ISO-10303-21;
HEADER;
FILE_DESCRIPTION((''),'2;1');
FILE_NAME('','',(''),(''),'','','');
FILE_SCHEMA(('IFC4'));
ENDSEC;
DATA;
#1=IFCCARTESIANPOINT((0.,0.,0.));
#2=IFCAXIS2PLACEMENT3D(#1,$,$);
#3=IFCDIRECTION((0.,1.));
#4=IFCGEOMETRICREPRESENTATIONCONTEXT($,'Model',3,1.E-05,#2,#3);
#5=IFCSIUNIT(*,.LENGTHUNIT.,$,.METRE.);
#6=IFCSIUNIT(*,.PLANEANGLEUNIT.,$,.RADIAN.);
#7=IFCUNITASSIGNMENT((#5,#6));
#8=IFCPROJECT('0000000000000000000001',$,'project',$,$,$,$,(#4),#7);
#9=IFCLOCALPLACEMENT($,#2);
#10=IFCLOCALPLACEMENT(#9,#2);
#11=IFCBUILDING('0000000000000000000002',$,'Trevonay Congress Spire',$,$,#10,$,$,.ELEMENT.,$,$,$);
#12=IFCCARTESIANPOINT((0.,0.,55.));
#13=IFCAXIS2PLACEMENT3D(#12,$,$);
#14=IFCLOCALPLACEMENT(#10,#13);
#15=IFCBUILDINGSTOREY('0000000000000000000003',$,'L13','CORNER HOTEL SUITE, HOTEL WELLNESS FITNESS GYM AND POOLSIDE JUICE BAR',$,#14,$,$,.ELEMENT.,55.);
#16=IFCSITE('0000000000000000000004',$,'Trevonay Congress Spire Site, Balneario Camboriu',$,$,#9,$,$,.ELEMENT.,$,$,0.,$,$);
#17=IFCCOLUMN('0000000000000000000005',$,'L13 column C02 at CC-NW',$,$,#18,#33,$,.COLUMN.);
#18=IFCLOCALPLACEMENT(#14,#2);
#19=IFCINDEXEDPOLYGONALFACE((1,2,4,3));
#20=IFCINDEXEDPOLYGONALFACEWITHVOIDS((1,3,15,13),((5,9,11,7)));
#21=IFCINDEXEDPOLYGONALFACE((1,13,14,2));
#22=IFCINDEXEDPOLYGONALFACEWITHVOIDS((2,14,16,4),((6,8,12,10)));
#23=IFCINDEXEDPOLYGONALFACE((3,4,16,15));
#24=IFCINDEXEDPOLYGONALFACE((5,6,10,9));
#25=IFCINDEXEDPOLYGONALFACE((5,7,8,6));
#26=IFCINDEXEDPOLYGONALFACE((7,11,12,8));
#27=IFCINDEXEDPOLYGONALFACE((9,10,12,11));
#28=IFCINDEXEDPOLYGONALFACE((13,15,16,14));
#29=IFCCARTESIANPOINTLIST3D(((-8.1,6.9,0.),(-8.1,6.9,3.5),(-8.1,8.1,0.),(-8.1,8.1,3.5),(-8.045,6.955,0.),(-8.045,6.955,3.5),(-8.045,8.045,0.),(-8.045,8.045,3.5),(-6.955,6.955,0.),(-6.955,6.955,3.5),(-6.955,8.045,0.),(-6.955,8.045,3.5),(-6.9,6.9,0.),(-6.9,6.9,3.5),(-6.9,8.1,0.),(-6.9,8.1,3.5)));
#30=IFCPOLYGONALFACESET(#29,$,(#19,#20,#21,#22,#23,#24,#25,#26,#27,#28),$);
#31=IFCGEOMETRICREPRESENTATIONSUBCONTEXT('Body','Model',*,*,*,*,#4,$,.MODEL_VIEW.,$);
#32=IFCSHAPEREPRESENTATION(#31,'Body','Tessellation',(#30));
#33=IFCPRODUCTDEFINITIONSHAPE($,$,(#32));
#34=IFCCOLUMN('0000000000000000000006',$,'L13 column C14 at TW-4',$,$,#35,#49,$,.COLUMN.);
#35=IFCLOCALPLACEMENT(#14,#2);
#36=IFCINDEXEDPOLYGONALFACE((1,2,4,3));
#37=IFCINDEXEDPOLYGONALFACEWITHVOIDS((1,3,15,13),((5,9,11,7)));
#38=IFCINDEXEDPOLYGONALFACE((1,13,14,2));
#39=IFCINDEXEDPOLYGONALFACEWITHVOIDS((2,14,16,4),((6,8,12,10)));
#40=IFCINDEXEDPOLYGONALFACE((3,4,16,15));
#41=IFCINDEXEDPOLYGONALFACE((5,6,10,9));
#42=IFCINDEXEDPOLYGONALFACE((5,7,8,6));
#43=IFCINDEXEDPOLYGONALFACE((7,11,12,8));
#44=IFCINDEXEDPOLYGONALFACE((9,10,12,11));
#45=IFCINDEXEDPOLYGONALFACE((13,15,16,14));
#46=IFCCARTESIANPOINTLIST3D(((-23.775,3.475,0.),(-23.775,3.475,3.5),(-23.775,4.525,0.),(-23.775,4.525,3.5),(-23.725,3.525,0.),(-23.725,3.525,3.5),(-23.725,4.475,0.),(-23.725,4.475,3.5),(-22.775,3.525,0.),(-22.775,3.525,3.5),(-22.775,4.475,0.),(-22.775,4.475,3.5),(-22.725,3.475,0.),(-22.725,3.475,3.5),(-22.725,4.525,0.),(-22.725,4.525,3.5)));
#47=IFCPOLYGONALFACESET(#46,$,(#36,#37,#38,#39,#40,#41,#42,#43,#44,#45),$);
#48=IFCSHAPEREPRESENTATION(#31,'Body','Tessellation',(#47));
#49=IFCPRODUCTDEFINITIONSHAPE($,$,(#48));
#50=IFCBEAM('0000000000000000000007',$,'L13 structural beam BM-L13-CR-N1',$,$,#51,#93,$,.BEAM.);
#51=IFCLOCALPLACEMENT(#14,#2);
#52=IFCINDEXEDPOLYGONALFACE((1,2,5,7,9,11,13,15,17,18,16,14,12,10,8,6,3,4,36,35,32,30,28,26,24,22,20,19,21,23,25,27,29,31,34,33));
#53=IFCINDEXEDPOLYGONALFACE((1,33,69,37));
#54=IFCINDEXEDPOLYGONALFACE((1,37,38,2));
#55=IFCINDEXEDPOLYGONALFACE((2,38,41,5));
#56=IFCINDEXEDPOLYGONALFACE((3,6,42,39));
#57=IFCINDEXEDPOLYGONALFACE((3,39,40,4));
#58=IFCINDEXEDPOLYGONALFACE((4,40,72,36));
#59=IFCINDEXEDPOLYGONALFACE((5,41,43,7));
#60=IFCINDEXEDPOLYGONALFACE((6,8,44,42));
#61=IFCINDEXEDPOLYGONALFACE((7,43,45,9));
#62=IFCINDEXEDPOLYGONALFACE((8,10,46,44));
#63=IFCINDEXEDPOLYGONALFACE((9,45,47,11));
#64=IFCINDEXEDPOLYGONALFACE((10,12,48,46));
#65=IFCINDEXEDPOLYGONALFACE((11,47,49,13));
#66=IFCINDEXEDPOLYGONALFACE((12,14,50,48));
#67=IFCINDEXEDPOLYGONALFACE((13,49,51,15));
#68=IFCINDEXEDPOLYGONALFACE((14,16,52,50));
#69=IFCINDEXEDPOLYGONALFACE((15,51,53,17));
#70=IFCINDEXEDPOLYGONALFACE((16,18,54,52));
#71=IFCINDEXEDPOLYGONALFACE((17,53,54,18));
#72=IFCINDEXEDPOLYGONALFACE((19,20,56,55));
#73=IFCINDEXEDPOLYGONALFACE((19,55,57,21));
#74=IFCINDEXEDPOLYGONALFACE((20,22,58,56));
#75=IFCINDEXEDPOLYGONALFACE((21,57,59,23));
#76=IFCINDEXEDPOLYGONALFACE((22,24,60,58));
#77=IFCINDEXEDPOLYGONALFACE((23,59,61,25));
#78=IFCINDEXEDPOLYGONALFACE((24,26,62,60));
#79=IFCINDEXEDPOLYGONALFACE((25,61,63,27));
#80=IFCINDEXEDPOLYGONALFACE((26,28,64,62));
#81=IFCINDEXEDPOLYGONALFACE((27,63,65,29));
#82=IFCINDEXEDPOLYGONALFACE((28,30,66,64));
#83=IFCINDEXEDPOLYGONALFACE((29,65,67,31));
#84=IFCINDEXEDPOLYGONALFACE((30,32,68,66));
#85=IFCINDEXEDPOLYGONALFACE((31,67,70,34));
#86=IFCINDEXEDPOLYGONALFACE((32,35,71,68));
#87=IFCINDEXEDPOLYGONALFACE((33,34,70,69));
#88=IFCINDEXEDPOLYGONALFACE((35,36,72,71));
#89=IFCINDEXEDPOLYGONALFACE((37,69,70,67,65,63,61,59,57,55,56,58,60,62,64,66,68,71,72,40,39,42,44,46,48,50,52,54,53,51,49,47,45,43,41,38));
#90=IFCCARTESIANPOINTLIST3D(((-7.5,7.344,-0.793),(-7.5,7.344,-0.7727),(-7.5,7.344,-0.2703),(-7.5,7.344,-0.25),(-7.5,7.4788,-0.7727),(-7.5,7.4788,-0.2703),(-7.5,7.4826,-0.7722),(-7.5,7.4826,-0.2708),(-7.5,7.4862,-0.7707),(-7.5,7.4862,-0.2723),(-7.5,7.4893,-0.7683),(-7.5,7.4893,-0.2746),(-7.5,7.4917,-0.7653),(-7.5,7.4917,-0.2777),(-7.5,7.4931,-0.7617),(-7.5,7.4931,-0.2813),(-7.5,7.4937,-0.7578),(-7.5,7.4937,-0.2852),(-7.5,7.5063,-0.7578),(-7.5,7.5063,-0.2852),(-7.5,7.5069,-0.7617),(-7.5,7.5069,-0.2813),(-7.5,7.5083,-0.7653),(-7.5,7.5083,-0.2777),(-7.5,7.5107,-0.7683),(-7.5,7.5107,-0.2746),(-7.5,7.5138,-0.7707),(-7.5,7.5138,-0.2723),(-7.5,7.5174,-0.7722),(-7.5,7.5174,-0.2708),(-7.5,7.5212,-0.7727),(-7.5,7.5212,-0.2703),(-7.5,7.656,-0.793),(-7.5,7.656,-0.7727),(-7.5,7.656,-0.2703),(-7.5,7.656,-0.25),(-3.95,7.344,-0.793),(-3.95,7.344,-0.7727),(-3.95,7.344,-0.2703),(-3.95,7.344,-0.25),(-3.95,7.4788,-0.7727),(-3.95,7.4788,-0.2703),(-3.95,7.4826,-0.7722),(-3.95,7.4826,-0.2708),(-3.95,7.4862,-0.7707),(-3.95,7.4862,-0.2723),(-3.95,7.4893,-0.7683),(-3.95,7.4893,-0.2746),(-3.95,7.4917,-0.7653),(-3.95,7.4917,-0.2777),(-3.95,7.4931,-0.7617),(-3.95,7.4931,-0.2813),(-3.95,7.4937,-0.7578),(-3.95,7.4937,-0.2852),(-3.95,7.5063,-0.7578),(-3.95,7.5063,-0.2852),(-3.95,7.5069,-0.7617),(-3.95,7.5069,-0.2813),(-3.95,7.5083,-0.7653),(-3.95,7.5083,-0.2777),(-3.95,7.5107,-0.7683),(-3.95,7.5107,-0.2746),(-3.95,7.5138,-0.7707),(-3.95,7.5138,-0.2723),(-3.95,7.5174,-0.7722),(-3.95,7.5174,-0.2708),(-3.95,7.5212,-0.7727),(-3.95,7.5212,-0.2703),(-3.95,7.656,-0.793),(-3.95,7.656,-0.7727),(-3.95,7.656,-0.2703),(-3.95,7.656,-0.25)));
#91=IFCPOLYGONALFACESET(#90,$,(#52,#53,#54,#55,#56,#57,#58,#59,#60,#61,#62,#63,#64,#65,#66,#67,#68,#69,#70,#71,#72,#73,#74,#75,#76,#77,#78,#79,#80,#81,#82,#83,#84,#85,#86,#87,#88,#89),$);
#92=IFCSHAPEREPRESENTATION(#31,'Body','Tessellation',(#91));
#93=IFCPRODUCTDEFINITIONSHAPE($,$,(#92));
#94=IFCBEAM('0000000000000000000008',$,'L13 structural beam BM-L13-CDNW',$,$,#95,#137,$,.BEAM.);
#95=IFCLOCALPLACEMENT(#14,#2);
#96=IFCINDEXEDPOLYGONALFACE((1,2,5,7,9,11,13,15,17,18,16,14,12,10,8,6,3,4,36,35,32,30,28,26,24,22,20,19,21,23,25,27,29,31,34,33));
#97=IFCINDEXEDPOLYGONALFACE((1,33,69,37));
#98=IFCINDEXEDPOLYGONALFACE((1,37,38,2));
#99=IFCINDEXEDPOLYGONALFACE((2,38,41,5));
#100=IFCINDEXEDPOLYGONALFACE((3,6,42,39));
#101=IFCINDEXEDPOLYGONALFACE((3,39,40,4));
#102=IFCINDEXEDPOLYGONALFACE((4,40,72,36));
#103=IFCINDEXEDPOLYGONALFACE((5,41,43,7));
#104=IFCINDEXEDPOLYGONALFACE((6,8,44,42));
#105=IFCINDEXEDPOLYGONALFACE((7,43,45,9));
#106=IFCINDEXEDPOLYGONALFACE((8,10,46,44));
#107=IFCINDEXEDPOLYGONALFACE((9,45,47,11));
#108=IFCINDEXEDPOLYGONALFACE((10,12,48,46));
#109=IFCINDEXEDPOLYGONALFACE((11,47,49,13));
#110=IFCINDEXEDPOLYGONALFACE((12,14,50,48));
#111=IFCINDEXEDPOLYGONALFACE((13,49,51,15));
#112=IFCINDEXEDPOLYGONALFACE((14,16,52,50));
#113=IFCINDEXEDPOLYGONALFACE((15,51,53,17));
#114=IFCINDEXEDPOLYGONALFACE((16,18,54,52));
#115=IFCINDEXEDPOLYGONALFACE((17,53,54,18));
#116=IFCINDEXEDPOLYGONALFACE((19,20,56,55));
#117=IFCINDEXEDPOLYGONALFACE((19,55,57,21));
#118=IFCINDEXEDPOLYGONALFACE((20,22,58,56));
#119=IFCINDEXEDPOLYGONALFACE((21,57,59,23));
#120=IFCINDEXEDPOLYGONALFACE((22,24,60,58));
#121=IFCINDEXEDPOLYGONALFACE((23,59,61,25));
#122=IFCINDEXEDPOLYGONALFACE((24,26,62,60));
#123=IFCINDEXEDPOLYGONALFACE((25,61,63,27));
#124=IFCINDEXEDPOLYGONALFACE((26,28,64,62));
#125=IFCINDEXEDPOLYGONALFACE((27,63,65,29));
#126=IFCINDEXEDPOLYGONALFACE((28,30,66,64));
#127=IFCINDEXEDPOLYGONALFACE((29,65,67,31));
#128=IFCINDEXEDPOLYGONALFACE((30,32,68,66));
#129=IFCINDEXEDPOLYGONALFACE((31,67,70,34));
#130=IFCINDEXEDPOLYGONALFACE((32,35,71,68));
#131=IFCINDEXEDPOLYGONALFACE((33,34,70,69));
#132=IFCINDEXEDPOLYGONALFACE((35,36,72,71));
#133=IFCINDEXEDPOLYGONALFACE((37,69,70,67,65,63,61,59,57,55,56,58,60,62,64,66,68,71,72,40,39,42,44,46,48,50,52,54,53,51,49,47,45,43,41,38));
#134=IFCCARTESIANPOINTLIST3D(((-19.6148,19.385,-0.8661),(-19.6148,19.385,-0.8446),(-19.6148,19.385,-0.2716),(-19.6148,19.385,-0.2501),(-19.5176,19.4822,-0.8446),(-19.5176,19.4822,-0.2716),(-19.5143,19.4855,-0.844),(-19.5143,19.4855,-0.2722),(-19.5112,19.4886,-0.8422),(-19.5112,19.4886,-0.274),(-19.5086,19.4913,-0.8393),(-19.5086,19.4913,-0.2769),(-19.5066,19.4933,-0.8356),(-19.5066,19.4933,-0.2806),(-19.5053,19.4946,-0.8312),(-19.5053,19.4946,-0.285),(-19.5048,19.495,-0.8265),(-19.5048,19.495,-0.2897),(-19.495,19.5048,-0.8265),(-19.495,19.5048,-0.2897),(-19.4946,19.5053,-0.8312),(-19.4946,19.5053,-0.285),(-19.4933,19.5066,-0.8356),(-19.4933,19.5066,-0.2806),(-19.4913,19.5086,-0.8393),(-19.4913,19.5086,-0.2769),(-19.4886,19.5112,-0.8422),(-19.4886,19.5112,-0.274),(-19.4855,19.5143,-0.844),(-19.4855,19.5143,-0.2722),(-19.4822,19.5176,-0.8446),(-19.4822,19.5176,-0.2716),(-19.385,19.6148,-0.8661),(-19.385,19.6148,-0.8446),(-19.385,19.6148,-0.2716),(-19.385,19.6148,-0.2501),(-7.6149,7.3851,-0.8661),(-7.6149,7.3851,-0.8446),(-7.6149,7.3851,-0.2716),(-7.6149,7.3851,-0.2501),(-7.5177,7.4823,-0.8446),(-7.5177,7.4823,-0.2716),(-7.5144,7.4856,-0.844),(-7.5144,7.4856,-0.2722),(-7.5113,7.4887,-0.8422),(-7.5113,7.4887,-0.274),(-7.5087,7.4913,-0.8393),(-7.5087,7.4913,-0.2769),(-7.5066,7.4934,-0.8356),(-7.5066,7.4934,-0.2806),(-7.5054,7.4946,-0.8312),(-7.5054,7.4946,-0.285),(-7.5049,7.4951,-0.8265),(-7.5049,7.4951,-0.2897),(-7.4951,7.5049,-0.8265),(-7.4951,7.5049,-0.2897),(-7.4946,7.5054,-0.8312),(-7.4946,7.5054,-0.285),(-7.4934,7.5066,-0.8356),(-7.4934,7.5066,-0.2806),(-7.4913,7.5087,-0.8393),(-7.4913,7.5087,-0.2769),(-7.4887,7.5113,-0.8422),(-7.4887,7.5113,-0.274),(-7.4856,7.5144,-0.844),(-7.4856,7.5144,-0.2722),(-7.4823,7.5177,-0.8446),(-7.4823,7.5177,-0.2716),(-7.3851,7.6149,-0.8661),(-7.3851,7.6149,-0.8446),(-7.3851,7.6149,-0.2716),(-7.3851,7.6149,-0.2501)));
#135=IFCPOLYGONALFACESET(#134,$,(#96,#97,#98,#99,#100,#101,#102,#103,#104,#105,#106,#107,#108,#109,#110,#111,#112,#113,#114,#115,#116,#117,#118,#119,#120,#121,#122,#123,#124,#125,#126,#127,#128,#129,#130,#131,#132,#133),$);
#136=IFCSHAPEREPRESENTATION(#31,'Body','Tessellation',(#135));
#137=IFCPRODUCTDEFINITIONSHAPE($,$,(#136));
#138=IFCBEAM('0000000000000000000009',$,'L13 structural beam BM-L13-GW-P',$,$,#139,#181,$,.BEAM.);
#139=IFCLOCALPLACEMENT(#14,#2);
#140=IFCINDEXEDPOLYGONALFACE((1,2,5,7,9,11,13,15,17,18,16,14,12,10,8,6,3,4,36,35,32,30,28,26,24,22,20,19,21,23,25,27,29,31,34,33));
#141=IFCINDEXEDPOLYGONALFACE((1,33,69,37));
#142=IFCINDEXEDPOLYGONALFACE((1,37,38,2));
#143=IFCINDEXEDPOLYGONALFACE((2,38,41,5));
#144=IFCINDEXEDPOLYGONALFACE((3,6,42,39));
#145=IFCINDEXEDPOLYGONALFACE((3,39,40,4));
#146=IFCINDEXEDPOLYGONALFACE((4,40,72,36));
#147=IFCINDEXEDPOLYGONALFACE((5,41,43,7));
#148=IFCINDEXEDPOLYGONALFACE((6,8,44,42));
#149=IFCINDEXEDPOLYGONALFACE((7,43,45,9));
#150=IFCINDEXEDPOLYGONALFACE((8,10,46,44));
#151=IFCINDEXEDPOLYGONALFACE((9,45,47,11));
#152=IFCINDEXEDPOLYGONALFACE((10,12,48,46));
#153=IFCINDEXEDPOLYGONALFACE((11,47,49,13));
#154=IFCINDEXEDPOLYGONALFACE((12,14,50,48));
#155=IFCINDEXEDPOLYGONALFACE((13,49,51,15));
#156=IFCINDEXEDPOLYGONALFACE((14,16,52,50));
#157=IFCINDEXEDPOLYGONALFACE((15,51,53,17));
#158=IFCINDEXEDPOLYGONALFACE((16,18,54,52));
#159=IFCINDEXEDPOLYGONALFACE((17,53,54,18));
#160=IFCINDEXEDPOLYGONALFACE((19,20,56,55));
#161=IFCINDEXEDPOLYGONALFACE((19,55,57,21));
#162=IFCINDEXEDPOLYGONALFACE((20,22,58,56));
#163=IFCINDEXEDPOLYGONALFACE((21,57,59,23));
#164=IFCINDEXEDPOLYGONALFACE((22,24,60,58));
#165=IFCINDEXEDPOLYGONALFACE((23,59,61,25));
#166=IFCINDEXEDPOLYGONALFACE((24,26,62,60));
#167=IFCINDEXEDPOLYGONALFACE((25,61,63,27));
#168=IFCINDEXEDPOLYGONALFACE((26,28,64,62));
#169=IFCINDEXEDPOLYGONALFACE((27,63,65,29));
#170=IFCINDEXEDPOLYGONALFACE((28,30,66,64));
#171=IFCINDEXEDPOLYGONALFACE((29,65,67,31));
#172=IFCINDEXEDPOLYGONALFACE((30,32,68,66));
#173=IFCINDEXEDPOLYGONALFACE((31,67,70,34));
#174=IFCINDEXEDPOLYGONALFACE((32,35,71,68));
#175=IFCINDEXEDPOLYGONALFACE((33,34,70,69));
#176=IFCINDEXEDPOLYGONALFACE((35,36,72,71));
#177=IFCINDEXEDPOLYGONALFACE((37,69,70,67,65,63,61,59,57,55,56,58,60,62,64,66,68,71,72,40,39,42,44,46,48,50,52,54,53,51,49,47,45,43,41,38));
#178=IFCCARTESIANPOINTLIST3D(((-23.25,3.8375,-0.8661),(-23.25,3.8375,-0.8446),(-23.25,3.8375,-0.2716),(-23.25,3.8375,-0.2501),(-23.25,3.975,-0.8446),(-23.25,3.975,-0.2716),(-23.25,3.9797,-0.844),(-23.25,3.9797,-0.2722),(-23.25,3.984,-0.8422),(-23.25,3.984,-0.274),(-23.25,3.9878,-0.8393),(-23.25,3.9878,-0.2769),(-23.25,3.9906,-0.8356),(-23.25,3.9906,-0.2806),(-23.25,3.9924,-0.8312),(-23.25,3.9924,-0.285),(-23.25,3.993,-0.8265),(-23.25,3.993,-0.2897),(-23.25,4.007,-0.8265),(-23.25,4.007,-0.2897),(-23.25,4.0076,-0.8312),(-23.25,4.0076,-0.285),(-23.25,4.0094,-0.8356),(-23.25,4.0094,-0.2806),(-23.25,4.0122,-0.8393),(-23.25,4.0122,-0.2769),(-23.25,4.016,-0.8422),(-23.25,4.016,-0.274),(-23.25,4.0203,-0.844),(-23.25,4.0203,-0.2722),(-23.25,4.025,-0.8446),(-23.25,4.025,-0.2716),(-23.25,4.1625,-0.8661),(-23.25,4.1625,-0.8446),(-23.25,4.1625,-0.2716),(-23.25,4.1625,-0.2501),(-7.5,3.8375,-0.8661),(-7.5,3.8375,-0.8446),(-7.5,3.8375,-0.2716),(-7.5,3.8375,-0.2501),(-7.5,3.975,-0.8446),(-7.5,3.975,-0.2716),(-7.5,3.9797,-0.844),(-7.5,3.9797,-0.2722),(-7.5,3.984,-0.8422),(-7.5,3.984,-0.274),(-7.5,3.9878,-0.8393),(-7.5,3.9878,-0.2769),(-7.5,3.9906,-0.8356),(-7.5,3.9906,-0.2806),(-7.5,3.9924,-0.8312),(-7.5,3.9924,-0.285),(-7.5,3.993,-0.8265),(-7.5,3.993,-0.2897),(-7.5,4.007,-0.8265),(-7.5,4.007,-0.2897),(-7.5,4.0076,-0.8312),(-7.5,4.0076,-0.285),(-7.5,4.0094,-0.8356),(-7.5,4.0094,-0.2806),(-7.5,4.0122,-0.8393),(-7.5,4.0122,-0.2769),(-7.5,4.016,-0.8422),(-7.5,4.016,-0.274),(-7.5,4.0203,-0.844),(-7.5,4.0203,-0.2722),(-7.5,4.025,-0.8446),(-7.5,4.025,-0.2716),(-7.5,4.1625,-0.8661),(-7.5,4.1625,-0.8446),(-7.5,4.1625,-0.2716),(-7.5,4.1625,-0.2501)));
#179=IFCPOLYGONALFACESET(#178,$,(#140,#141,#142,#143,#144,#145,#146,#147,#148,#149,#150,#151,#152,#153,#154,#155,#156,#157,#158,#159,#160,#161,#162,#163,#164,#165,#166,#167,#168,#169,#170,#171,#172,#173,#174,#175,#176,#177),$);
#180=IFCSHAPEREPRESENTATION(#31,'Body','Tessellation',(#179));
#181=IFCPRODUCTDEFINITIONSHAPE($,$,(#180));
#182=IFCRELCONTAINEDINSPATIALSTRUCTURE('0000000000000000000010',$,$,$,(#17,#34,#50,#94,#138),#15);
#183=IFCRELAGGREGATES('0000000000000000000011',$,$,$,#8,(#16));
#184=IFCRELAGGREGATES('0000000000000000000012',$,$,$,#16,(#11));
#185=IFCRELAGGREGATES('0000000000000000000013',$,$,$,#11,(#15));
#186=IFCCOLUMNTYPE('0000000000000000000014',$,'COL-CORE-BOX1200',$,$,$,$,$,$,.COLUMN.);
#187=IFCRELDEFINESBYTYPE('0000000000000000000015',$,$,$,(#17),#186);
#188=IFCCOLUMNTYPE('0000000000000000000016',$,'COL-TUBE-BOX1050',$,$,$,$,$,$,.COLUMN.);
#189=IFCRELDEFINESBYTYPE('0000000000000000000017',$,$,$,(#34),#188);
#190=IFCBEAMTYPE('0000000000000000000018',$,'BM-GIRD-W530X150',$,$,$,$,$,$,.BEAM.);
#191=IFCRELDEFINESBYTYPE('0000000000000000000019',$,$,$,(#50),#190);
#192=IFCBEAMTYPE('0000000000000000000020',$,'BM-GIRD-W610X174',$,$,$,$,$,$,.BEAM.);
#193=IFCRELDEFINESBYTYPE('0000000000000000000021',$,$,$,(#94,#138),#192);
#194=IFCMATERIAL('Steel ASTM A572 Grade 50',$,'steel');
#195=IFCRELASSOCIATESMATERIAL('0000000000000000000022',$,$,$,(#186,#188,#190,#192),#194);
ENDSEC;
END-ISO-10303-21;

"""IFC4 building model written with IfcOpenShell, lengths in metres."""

from ifc_helpers import new_model, si_unit, direction, frame, origin, origin_2d, place, context, subcontext, project, spatial, hollow_rectangle, i_section, extrude, material, material_profile, profile_set, type_object, element, save


model = new_model("IFC4")

# Units and contexts
model_context = context("Model", 3, precision=1e-05, world=origin(), true_north=direction((0.0, 1.0)))
body_context = subcontext(model_context, "Body", "Model", "MODEL_VIEW")
ifc_project = project(units=[si_unit("LENGTHUNIT", "METRE"), si_unit("PLANEANGLEUNIT", "RADIAN")], contexts=[model_context])

# Site, building, storey
site_placement = place(None, origin())
site = spatial("IfcSite", under=ifc_project, at=site_placement, Name="Trevonay Congress Spire Site, Balneario Camboriu", CompositionType="ELEMENT", RefElevation=0.0)
building_placement = place(site_placement, origin())
building = spatial("IfcBuilding", under=site, at=building_placement, Name="Trevonay Congress Spire", CompositionType="ELEMENT")
storey_placement = place(building_placement, frame((0.0, 0.0, 55.0)))
storey = spatial("IfcBuildingStorey", under=building, at=storey_placement, Name="L13", Description="CORNER HOTEL SUITE, HOTEL WELLNESS FITNESS GYM AND POOLSIDE JUICE BAR", CompositionType="ELEMENT", Elevation=55.0)

# Columns
ifc_material_1 = material(Name="Steel ASTM A572 Grade 50", Category="steel")
ifc_material_profile_1 = material_profile(ifc_material_1, hollow_rectangle(XDim=1.2, YDim=1.2, WallThickness=0.0549, at=origin_2d()), Name="BOX 1200x1200x55")
ifc_profile_set_1 = profile_set([ifc_material_profile_1], Name="Steel ASTM A572 Grade 50")
column_type_1 = type_object("IfcColumnType", Name="COL-CORE-BOX1200", PredefinedType="COLUMN", material=ifc_profile_set_1)
column_1_placement = place(storey_placement, frame((-7.5, 7.5, 0.0), z_axis=(0.0, 0.0, 1.0), x_axis=(1.0, 0.0, 0.0)))
element("IfcColumn", 1, at=column_1_placement, inside=storey, type_object=column_type_1, Name="L13 column C02 at CC-NW", PredefinedType="COLUMN", context=body_context, shape_type="SweptSolid", body=[
    extrude(hollow_rectangle(XDim=1.2, YDim=1.2, WallThickness=0.0549, at=origin_2d()), origin(), (0.0, 0.0, 1.0), 3.5),
])
ifc_material_profile_2 = material_profile(ifc_material_1, hollow_rectangle(XDim=1.05, YDim=1.05, WallThickness=0.05, at=origin_2d()), Name="BOX 1050x1050x50")
ifc_profile_set_2 = profile_set([ifc_material_profile_2], Name="Steel ASTM A572 Grade 50")
column_type_2 = type_object("IfcColumnType", Name="COL-TUBE-BOX1050", PredefinedType="COLUMN", material=ifc_profile_set_2)
column_2_placement = place(storey_placement, frame((-23.25, 4.0, 0.0), z_axis=(0.0, 0.0, 1.0), x_axis=(1.0, 0.0, 0.0)))
element("IfcColumn", 2, at=column_2_placement, inside=storey, type_object=column_type_2, Name="L13 column C14 at TW-4", PredefinedType="COLUMN", context=body_context, shape_type="SweptSolid", body=[
    extrude(hollow_rectangle(XDim=1.05, YDim=1.05, WallThickness=0.05, at=origin_2d()), origin(), (0.0, 0.0, 1.0), 3.5),
])

# Beams
ifc_material_profile_3 = material_profile(ifc_material_1, i_section(OverallWidth=0.312, OverallDepth=0.543, WebThickness=0.0127, FlangeThickness=0.0203, FilletRadius=0.0149, at=origin_2d()), Name="W530x150")
ifc_profile_set_3 = profile_set([ifc_material_profile_3], Name="Steel ASTM A572 Grade 50")
beam_type_1 = type_object("IfcBeamType", Name="BM-GIRD-W530X150", PredefinedType="BEAM", material=ifc_profile_set_3)
beam_1_placement = place(storey_placement, frame((-7.5, 7.5, -0.5215), z_axis=(1.0, 0.0, 0.0), x_axis=(0.0, 1.0, 0.0)))
element("IfcBeam", 3, at=beam_1_placement, inside=storey, type_object=beam_type_1, Name="L13 structural beam BM-L13-CR-N1", PredefinedType="BEAM", context=body_context, shape_type="SweptSolid", body=[
    extrude(i_section(OverallWidth=0.312, OverallDepth=0.543, WebThickness=0.0127, FlangeThickness=0.0203, FilletRadius=0.0149, at=origin_2d()), origin(), (0.0, 0.0, 1.0), 3.55),
])
ifc_material_profile_4 = material_profile(ifc_material_1, i_section(OverallWidth=0.325, OverallDepth=0.616, WebThickness=0.0139, FlangeThickness=0.0215, FilletRadius=0.0181, at=origin_2d()), Name="W610x174")
ifc_profile_set_4 = profile_set([ifc_material_profile_4], Name="Steel ASTM A572 Grade 50")
beam_type_2 = type_object("IfcBeamType", Name="BM-GIRD-W610X174", PredefinedType="BEAM", material=ifc_profile_set_4)
beam_2_placement = place(storey_placement, frame((-7.5, 7.5, -0.5581), z_axis=(-0.707107, 0.707107, 0.0), x_axis=(-0.707107, -0.707107, 0.0)))
element("IfcBeam", 4, at=beam_2_placement, inside=storey, type_object=beam_type_2, Name="L13 structural beam BM-L13-CDNW", PredefinedType="BEAM", context=body_context, shape_type="SweptSolid", body=[
    extrude(i_section(OverallWidth=0.325, OverallDepth=0.616, WebThickness=0.0139, FlangeThickness=0.0215, FilletRadius=0.0181, at=origin_2d()), origin(), (0.0, 0.0, 1.0), 16.9705),
])
beam_3_placement = place(storey_placement, frame((-7.5, 4.0, -0.5581), z_axis=(-1.0, 0.0, 0.0), x_axis=(0.0, -1.0, 0.0)))
element("IfcBeam", 5, at=beam_3_placement, inside=storey, type_object=beam_type_2, Name="L13 structural beam BM-L13-GW-P", PredefinedType="BEAM", context=body_context, shape_type="SweptSolid", body=[
    extrude(i_section(OverallWidth=0.325, OverallDepth=0.616, WebThickness=0.0139, FlangeThickness=0.0215, FilletRadius=0.0181, at=origin_2d()), origin(), (0.0, 0.0, 1.0), 15.75),
])

save(model, "model.ifc")
